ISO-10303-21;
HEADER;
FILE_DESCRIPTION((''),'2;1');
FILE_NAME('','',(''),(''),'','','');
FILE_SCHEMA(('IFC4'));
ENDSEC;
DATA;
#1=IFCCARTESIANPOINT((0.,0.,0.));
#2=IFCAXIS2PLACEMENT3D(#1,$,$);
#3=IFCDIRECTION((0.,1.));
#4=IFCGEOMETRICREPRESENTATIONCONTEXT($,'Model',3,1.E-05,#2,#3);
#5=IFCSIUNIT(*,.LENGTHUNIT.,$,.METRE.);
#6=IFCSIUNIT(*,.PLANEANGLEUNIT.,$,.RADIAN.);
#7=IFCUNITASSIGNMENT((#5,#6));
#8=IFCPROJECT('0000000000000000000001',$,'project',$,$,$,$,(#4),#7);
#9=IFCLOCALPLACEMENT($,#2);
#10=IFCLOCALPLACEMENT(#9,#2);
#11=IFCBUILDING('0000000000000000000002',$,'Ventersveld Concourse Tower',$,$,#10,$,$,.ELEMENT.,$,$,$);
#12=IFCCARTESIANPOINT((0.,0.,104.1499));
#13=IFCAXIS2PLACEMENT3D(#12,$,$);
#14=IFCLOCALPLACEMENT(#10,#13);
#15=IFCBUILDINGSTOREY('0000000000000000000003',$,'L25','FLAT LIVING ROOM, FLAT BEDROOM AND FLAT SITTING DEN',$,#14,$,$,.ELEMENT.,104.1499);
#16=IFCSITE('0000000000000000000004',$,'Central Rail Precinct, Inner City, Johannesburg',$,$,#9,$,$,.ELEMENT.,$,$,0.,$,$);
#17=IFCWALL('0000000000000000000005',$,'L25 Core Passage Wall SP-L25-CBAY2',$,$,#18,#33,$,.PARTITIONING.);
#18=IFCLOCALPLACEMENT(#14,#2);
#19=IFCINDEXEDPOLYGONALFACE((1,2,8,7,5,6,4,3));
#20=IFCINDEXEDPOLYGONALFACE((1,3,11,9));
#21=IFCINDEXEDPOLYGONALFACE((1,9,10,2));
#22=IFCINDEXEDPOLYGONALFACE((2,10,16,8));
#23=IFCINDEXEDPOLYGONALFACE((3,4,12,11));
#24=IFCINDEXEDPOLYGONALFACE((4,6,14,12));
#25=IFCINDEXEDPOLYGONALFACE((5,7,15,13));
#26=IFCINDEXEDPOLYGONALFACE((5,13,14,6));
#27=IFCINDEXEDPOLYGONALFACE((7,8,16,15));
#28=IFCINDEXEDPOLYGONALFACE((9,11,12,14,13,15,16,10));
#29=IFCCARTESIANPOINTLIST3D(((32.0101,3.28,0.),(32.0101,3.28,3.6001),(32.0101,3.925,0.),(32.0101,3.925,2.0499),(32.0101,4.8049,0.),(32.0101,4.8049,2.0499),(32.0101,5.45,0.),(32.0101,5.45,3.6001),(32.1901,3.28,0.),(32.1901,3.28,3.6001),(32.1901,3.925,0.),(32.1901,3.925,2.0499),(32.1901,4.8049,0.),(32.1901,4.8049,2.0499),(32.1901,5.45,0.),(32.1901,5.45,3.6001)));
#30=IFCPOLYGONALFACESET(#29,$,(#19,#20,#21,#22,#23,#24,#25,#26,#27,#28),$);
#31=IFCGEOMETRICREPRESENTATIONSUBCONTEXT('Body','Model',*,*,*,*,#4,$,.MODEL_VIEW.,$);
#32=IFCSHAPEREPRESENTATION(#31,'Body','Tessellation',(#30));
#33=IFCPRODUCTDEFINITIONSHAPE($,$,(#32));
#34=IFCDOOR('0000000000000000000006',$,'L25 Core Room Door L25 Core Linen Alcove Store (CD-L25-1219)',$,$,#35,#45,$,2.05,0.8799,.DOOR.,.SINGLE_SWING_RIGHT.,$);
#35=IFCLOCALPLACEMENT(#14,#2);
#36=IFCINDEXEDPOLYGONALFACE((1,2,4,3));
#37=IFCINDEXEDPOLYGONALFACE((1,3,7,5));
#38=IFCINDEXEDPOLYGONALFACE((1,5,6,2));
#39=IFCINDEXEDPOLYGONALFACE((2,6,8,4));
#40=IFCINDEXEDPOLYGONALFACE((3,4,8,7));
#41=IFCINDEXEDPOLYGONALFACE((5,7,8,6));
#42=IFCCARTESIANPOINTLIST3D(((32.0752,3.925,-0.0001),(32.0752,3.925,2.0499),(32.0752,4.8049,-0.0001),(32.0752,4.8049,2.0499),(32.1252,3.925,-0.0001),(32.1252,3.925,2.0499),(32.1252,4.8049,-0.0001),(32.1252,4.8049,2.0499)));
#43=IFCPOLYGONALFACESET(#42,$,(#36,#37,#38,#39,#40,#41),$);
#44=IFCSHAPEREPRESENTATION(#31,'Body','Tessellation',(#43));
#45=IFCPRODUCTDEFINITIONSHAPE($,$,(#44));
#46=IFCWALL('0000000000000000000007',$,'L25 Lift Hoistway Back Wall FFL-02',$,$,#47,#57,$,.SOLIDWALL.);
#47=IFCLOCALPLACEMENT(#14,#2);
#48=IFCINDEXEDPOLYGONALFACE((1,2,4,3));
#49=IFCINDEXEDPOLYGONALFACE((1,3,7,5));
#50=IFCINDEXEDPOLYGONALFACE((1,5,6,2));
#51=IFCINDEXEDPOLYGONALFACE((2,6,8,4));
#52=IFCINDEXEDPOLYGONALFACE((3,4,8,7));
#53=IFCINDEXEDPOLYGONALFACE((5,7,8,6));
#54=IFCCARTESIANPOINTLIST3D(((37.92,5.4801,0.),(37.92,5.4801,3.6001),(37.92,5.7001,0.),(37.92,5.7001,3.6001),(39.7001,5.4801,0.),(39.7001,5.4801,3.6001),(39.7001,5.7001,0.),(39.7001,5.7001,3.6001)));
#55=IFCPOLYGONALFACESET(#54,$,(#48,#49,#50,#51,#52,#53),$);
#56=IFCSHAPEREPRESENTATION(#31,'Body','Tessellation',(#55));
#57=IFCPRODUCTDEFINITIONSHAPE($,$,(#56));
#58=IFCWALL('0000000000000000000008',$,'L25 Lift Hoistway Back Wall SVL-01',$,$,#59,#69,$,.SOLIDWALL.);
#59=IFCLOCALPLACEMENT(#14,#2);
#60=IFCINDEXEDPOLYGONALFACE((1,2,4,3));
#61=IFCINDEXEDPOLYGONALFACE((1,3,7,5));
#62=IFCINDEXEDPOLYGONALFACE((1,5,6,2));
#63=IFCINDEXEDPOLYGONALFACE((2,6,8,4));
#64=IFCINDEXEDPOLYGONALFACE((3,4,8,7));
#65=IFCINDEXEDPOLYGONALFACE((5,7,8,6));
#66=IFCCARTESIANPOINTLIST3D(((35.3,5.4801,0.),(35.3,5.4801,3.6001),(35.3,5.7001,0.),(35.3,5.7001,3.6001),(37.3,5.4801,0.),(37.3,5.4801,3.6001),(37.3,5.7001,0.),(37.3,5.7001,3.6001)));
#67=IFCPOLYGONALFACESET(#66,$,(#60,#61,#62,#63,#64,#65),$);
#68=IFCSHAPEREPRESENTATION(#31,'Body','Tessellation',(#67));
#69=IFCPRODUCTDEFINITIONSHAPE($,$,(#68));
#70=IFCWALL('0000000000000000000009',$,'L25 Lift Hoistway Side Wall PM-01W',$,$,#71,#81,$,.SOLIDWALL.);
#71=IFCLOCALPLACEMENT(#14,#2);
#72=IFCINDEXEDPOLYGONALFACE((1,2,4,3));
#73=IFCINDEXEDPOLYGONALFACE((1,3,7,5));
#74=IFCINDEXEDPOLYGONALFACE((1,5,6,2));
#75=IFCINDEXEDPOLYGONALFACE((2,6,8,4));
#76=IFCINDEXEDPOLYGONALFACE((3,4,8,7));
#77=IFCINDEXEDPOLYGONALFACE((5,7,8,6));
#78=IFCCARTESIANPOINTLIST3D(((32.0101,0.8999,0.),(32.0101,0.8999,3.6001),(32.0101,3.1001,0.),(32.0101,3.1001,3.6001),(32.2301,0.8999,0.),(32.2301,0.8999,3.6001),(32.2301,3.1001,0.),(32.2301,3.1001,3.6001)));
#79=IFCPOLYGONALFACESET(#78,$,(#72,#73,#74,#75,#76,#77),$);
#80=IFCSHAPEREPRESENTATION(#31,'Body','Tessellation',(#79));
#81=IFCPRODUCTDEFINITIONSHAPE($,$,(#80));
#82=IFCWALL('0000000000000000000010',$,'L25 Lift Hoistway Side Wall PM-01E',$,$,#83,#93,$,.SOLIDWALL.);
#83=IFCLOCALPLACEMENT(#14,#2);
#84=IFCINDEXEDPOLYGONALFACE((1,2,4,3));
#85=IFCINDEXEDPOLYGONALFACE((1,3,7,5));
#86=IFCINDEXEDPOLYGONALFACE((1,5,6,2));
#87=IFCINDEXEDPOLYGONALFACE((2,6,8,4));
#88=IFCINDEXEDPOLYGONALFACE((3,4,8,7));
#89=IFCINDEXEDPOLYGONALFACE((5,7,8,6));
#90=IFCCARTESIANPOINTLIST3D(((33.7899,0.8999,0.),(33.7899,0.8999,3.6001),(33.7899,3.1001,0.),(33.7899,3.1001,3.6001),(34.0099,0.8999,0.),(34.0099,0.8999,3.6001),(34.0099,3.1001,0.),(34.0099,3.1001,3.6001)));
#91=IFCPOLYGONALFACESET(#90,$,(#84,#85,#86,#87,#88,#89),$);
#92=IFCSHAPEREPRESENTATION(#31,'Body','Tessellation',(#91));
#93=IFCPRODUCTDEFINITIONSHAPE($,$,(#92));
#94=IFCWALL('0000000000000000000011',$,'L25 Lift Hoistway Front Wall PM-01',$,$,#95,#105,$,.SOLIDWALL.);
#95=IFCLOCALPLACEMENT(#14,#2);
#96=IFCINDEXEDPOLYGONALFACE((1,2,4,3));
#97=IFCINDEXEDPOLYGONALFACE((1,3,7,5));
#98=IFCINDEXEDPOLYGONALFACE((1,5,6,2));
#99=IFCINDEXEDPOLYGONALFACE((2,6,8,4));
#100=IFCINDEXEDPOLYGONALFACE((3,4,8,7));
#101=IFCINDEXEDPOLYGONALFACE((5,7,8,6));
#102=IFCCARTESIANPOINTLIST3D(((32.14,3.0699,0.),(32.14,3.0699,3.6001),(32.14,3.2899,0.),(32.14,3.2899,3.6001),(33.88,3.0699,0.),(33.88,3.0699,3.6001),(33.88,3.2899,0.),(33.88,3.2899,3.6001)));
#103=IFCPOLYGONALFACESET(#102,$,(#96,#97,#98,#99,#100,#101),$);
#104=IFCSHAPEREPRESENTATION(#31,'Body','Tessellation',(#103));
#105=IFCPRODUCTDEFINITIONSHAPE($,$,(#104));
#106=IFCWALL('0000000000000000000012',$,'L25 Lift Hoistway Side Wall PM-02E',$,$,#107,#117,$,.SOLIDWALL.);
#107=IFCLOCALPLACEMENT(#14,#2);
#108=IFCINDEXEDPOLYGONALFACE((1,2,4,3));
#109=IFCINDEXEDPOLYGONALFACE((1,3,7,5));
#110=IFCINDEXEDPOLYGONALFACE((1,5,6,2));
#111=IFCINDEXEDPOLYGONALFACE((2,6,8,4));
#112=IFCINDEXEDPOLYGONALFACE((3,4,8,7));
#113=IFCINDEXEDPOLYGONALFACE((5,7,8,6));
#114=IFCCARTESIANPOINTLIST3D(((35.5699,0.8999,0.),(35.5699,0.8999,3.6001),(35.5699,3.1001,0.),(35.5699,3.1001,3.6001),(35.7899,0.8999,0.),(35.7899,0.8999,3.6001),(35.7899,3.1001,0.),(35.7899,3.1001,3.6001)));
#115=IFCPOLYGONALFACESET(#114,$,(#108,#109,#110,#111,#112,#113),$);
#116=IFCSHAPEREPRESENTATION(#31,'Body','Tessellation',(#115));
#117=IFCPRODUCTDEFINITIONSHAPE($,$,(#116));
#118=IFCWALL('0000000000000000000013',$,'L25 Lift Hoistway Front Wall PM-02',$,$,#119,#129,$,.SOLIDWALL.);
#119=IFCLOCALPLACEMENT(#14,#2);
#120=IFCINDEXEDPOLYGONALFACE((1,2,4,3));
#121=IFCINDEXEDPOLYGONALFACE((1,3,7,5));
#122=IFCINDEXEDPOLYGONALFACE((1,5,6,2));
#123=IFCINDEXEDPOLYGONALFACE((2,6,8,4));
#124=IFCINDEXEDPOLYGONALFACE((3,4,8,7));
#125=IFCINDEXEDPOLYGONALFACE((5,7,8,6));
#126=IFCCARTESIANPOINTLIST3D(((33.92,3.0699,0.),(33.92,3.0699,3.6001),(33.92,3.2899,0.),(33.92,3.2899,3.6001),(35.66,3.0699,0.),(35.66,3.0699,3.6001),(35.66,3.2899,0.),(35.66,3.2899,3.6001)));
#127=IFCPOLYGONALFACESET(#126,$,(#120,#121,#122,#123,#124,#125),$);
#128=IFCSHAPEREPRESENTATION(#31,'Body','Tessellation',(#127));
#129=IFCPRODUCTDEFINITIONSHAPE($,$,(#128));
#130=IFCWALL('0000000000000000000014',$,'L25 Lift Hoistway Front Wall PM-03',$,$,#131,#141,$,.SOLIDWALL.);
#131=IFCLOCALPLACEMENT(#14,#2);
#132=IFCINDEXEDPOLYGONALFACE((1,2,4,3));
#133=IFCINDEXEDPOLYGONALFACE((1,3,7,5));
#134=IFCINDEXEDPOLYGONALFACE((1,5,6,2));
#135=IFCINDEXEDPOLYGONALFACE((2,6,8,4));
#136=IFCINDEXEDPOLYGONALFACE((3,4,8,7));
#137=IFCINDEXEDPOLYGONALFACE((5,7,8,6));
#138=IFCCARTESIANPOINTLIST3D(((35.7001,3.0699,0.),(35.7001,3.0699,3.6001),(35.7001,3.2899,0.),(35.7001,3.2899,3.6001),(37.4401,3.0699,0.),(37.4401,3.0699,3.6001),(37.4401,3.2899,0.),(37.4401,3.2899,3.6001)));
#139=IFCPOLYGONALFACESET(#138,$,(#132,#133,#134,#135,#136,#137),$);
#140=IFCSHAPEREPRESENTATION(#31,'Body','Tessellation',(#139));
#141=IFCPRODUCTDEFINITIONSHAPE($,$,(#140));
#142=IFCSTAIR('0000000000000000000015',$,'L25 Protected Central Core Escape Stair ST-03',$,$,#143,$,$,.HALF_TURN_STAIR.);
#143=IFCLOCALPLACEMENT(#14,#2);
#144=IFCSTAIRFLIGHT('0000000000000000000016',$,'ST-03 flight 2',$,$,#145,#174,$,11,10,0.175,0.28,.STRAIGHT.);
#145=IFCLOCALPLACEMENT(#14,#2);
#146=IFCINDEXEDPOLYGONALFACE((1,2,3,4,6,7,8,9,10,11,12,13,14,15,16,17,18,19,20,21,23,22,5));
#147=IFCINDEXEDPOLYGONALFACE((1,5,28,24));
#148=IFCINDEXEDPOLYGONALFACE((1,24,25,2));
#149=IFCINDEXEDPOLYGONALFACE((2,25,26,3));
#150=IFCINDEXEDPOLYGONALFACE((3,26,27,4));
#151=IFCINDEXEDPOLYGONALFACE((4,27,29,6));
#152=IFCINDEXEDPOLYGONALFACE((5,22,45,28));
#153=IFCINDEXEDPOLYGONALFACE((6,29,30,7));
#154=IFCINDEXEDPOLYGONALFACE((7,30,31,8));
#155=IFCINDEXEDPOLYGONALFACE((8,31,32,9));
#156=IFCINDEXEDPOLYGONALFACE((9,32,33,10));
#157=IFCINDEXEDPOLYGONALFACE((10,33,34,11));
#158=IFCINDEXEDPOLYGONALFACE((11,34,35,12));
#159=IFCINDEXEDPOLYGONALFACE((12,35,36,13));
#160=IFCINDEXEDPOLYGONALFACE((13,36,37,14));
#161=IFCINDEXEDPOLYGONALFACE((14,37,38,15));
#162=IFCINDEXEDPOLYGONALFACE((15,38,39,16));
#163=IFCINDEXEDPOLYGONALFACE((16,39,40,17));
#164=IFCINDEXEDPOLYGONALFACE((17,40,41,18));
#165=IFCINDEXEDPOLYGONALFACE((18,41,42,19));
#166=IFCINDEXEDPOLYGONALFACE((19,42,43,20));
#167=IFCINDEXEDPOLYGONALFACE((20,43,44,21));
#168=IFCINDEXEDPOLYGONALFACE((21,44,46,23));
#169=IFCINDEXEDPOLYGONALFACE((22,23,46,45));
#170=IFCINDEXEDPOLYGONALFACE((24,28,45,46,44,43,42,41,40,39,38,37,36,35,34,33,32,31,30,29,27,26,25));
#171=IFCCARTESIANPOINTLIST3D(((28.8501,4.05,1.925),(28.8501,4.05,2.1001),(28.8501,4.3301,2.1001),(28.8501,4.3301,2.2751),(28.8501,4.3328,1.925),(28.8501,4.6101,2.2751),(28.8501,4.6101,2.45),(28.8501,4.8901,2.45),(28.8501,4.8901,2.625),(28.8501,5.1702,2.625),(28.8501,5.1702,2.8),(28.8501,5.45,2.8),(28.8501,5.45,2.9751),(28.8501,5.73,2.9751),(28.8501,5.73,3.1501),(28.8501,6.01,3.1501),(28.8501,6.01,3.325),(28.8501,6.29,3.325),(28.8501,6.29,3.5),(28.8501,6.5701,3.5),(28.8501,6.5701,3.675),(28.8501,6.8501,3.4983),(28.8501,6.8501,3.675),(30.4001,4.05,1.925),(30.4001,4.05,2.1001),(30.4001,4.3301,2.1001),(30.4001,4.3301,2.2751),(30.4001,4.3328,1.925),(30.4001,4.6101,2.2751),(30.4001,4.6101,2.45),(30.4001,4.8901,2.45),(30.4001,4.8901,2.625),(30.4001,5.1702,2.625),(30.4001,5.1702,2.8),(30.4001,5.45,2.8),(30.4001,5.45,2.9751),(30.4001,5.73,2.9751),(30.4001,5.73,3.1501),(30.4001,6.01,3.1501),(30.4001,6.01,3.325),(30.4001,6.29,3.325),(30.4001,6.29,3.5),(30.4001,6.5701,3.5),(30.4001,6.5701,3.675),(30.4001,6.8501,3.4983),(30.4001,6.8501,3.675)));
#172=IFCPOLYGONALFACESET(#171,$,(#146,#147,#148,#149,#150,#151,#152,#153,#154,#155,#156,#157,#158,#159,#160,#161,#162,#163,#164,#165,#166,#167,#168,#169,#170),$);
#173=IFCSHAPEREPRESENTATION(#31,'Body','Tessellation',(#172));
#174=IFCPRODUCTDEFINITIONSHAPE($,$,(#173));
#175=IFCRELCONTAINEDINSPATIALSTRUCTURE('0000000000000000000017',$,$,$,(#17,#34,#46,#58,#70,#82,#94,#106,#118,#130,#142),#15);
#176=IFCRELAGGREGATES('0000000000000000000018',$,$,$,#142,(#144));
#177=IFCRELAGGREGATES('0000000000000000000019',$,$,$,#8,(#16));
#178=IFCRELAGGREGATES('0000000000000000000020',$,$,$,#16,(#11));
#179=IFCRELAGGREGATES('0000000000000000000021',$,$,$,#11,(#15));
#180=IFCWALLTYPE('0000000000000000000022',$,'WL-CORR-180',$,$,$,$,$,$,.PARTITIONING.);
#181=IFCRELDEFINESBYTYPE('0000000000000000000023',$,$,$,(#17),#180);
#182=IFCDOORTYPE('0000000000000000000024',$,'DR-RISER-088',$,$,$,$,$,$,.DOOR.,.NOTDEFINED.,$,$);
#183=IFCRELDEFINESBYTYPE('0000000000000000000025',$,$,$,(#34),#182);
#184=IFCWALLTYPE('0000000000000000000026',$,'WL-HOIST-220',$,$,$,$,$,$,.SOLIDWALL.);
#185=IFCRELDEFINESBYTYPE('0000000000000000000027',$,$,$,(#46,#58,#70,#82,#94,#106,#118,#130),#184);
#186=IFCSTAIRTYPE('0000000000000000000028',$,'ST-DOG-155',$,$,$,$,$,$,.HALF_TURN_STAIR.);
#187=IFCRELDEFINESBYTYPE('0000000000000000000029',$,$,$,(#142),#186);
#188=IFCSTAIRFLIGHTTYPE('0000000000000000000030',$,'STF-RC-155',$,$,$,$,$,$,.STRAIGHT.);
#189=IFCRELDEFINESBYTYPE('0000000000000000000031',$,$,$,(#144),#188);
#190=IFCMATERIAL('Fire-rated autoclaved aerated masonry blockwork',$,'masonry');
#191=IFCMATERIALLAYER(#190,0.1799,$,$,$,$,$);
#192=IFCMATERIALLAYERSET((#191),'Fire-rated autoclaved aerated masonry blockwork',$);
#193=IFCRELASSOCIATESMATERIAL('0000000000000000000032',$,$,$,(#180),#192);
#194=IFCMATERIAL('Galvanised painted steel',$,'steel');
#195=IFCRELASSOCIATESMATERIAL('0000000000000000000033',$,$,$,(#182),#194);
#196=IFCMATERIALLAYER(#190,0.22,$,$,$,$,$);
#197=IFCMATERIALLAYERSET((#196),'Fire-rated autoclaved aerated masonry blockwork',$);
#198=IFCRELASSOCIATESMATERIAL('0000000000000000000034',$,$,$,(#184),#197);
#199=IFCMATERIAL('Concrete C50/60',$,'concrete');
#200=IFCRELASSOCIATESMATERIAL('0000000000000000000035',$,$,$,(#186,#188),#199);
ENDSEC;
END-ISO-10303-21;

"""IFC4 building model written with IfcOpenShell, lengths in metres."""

from ifc_helpers import new_model, si_unit, direction, frame, frame_2d, origin, place, context, subcontext, project, spatial, polyline, rectangle, outline, extrude, material, layer, layer_set, type_object, element, fill, aggregate, save


model = new_model("IFC4")

# Units and contexts
model_context = context("Model", 3, precision=1e-05, world=origin(), true_north=direction((0.0, 1.0)))
body_context = subcontext(model_context, "Body", "Model", "MODEL_VIEW")
ifc_project = project(units=[si_unit("LENGTHUNIT", "METRE"), si_unit("PLANEANGLEUNIT", "RADIAN")], contexts=[model_context])

# Site, building, storey
site_placement = place(None, origin())
site = spatial("IfcSite", under=ifc_project, at=site_placement, Name="Central Rail Precinct, Inner City, Johannesburg", CompositionType="ELEMENT", RefElevation=0.0)
building_placement = place(site_placement, origin())
building = spatial("IfcBuilding", under=site, at=building_placement, Name="Ventersveld Concourse Tower", CompositionType="ELEMENT")
storey_placement = place(building_placement, frame((0.0, 0.0, 104.1499)))
storey = spatial("IfcBuildingStorey", under=building, at=storey_placement, Name="L25", Description="FLAT LIVING ROOM, FLAT BEDROOM AND FLAT SITTING DEN", CompositionType="ELEMENT", Elevation=104.1499)

# Shared definitions
ifc_material_1 = material(Name="Concrete C50/60", Category="concrete")

# Shared definitions
ifc_material_2 = material(Name="Fire-rated autoclaved aerated masonry blockwork", Category="masonry")
ifc_layer_1 = layer(ifc_material_2, 0.1799)
ifc_layer_set_1 = layer_set([ifc_layer_1], Name="Fire-rated autoclaved aerated masonry blockwork")
wall_type_1 = type_object("IfcWallType", Name="WL-CORR-180", PredefinedType="PARTITIONING", material=ifc_layer_set_1)

# Wall, opening, door
wall_1_placement = place(storey_placement, frame((32.1001, 3.28, 0.0), z_axis=(0.0, 0.0, 1.0), x_axis=(0.0, 1.0, 0.0)))
wall_1 = element("IfcWall", 1, at=wall_1_placement, inside=storey, type_object=wall_type_1, Name="L25 Core Passage Wall SP-L25-CBAY2", PredefinedType="PARTITIONING", context=body_context, shape_type="SweptSolid", body=[
    extrude(rectangle(XDim=2.1699, YDim=0.1799, at=frame_2d((1.085, 0.0))), origin(), (0.0, 0.0, 1.0), 3.6001),
])
opening_placement = place(wall_1_placement, frame((0.645, 0.0, 0.0)))
opening = element("IfcOpeningElement", 2, at=opening_placement, cuts=wall_1, PredefinedType="OPENING", context=body_context, shape_type="SweptSolid", body=[
    extrude(rectangle(XDim=0.8799, YDim=2.05, at=frame_2d((0.4399, 1.0249))), frame((0.0, 0.1001, 0.0), z_axis=(0.0, -1.0, 0.0), x_axis=(1.0, 0.0, 0.0)), (0.0, 0.0, 1.0), 0.2),
])
ifc_material_3 = material(Name="Galvanised painted steel", Category="steel")
door_type = type_object("IfcDoorType", Name="DR-RISER-088", OperationType="NOTDEFINED", PredefinedType="DOOR", material=ifc_material_3)
door_placement = place(opening_placement, origin())
door = element("IfcDoor", 3, at=door_placement, inside=storey, type_object=door_type, Name="L25 Core Room Door L25 Core Linen Alcove Store (CD-L25-1219)", OperationType="SINGLE_SWING_RIGHT", OverallHeight=2.05, OverallWidth=0.8799, PredefinedType="DOOR", context=body_context, shape_type="SweptSolid", body=[
    extrude(rectangle(XDim=0.8799, YDim=2.05, at=frame_2d((0.4399, 1.0249))), frame((0.0, 0.0249, 0.0), z_axis=(0.0, -1.0, 0.0), x_axis=(1.0, 0.0, 0.0)), (0.0, 0.0, 1.0), 0.05),
])
fill(opening, door)

# Walls
ifc_layer_2 = layer(ifc_material_2, 0.22)
ifc_layer_set_2 = layer_set([ifc_layer_2], Name="Fire-rated autoclaved aerated masonry blockwork")
wall_type_2 = type_object("IfcWallType", Name="WL-HOIST-220", PredefinedType="SOLIDWALL", material=ifc_layer_set_2)
wall_2_placement = place(storey_placement, frame((37.9199, 5.5901, 0.0), z_axis=(0.0, 0.0, 1.0), x_axis=(1.0, 0.0, 0.0)))
element("IfcWall", 4, at=wall_2_placement, inside=storey, type_object=wall_type_2, Name="L25 Lift Hoistway Back Wall FFL-02", PredefinedType="SOLIDWALL", context=body_context, shape_type="SweptSolid", body=[
    extrude(rectangle(XDim=1.78, YDim=0.22, at=frame_2d((0.8901, 0.0))), origin(), (0.0, 0.0, 1.0), 3.6001),
])
wall_3_placement = place(storey_placement, frame((35.3, 5.5901, 0.0), z_axis=(0.0, 0.0, 1.0), x_axis=(1.0, 0.0, 0.0)))
element("IfcWall", 5, at=wall_3_placement, inside=storey, type_object=wall_type_2, Name="L25 Lift Hoistway Back Wall SVL-01", PredefinedType="SOLIDWALL", context=body_context, shape_type="SweptSolid", body=[
    extrude(rectangle(XDim=2.0, YDim=0.22, at=frame_2d((1.0, 0.0))), origin(), (0.0, 0.0, 1.0), 3.6001),
])
for number, where, z_axis, x_axis, name in (
    (6, (32.1201, 0.8999, 0.0), (0.0, 0.0, 1.0), (0.0, 1.0, 0.0), "L25 Lift Hoistway Side Wall PM-01W"),
    (7, (33.8999, 0.8999, 0.0), (0.0, 0.0, 1.0), (0.0, 1.0, 0.0), "L25 Lift Hoistway Side Wall PM-01E"),
):
    element("IfcWall", number, at=place(storey_placement, frame(where, z_axis=z_axis, x_axis=x_axis)), inside=storey, type_object=wall_type_2, Name=name, PredefinedType="SOLIDWALL", context=body_context, shape_type="SweptSolid", body=[
        extrude(rectangle(XDim=2.2002, YDim=0.22, at=frame_2d((1.1001, 0.0))), origin(), (0.0, 0.0, 1.0), 3.6001),
    ])
wall_4_placement = place(storey_placement, frame((32.1399, 3.1799, 0.0), z_axis=(0.0, 0.0, 1.0), x_axis=(1.0, 0.0, 0.0)))
element("IfcWall", 8, at=wall_4_placement, inside=storey, type_object=wall_type_2, Name="L25 Lift Hoistway Front Wall PM-01", PredefinedType="SOLIDWALL", context=body_context, shape_type="SweptSolid", body=[
    extrude(rectangle(XDim=1.74, YDim=0.22, at=frame_2d((0.8701, 0.0))), origin(), (0.0, 0.0, 1.0), 3.6001),
])
wall_5_placement = place(storey_placement, frame((35.6799, 0.8999, 0.0), z_axis=(0.0, 0.0, 1.0), x_axis=(0.0, 1.0, 0.0)))
element("IfcWall", 9, at=wall_5_placement, inside=storey, type_object=wall_type_2, Name="L25 Lift Hoistway Side Wall PM-02E", PredefinedType="SOLIDWALL", context=body_context, shape_type="SweptSolid", body=[
    extrude(rectangle(XDim=2.2002, YDim=0.22, at=frame_2d((1.1001, 0.0))), origin(), (0.0, 0.0, 1.0), 3.6001),
])
for number, where, z_axis, x_axis, name in (
    (10, (33.9199, 3.1799, 0.0), (0.0, 0.0, 1.0), (1.0, 0.0, 0.0), "L25 Lift Hoistway Front Wall PM-02"),
    (11, (35.7, 3.1799, 0.0), (0.0, 0.0, 1.0), (1.0, 0.0, 0.0), "L25 Lift Hoistway Front Wall PM-03"),
):
    element("IfcWall", number, at=place(storey_placement, frame(where, z_axis=z_axis, x_axis=x_axis)), inside=storey, type_object=wall_type_2, Name=name, PredefinedType="SOLIDWALL", context=body_context, shape_type="SweptSolid", body=[
        extrude(rectangle(XDim=1.74, YDim=0.22, at=frame_2d((0.8701, 0.0))), origin(), (0.0, 0.0, 1.0), 3.6001),
    ])

# Stair, stair flight
stair_type = type_object("IfcStairType", Name="ST-DOG-155", PredefinedType="HALF_TURN_STAIR", material=ifc_material_1)
stair_placement = place(storey_placement, origin())
stair = element("IfcStair", 12, at=stair_placement, inside=storey, type_object=stair_type, Name="L25 Protected Central Core Escape Stair ST-03", PredefinedType="HALF_TURN_STAIR")
stair_flight_type = type_object("IfcStairFlightType", Name="STF-RC-155", PredefinedType="STRAIGHT", material=ifc_material_1)
stair_flight_placement = place(storey_placement, frame((29.625, 4.05, 1.925), z_axis=(0.0, 0.0, 1.0), x_axis=(0.0, 1.0, 0.0)))
stair_flight = element("IfcStairFlight", 13, at=stair_flight_placement, type_object=stair_flight_type, Name="ST-03 flight 2", NumberOfRisers=11, NumberOfTreads=10, PredefinedType="STRAIGHT", RiserHeight=0.175, TreadLength=0.28, context=body_context, shape_type="SweptSolid", body=[
    extrude(outline(polyline([(0.0, 0.0), (0.0, 0.175), (0.28, 0.175), (0.28, 0.3501), (0.5601, 0.3501), (0.5601, 0.5249), (0.8401, 0.5249), (0.8401, 0.7), (1.1201, 0.7), (1.1201, 0.875), (1.3999, 0.875), (1.3999, 1.05), (1.6799, 1.05), (1.6799, 1.2251), (1.96, 1.2251), (1.96, 1.3999), (2.24, 1.3999), (2.24, 1.575), (2.52, 1.575), (2.52, 1.75), (2.8, 1.75), (2.8, 1.925), (2.8, 1.5732), (0.2827, 0.0), (0.0, 0.0)])), frame((0.0, 0.7749, 0.0), z_axis=(0.0, -1.0, 0.0), x_axis=(1.0, 0.0, 0.0)), (0.0, 0.0, 1.0), 1.55),
])
aggregate(stair, [stair_flight])

save(model, "model.ifc")
